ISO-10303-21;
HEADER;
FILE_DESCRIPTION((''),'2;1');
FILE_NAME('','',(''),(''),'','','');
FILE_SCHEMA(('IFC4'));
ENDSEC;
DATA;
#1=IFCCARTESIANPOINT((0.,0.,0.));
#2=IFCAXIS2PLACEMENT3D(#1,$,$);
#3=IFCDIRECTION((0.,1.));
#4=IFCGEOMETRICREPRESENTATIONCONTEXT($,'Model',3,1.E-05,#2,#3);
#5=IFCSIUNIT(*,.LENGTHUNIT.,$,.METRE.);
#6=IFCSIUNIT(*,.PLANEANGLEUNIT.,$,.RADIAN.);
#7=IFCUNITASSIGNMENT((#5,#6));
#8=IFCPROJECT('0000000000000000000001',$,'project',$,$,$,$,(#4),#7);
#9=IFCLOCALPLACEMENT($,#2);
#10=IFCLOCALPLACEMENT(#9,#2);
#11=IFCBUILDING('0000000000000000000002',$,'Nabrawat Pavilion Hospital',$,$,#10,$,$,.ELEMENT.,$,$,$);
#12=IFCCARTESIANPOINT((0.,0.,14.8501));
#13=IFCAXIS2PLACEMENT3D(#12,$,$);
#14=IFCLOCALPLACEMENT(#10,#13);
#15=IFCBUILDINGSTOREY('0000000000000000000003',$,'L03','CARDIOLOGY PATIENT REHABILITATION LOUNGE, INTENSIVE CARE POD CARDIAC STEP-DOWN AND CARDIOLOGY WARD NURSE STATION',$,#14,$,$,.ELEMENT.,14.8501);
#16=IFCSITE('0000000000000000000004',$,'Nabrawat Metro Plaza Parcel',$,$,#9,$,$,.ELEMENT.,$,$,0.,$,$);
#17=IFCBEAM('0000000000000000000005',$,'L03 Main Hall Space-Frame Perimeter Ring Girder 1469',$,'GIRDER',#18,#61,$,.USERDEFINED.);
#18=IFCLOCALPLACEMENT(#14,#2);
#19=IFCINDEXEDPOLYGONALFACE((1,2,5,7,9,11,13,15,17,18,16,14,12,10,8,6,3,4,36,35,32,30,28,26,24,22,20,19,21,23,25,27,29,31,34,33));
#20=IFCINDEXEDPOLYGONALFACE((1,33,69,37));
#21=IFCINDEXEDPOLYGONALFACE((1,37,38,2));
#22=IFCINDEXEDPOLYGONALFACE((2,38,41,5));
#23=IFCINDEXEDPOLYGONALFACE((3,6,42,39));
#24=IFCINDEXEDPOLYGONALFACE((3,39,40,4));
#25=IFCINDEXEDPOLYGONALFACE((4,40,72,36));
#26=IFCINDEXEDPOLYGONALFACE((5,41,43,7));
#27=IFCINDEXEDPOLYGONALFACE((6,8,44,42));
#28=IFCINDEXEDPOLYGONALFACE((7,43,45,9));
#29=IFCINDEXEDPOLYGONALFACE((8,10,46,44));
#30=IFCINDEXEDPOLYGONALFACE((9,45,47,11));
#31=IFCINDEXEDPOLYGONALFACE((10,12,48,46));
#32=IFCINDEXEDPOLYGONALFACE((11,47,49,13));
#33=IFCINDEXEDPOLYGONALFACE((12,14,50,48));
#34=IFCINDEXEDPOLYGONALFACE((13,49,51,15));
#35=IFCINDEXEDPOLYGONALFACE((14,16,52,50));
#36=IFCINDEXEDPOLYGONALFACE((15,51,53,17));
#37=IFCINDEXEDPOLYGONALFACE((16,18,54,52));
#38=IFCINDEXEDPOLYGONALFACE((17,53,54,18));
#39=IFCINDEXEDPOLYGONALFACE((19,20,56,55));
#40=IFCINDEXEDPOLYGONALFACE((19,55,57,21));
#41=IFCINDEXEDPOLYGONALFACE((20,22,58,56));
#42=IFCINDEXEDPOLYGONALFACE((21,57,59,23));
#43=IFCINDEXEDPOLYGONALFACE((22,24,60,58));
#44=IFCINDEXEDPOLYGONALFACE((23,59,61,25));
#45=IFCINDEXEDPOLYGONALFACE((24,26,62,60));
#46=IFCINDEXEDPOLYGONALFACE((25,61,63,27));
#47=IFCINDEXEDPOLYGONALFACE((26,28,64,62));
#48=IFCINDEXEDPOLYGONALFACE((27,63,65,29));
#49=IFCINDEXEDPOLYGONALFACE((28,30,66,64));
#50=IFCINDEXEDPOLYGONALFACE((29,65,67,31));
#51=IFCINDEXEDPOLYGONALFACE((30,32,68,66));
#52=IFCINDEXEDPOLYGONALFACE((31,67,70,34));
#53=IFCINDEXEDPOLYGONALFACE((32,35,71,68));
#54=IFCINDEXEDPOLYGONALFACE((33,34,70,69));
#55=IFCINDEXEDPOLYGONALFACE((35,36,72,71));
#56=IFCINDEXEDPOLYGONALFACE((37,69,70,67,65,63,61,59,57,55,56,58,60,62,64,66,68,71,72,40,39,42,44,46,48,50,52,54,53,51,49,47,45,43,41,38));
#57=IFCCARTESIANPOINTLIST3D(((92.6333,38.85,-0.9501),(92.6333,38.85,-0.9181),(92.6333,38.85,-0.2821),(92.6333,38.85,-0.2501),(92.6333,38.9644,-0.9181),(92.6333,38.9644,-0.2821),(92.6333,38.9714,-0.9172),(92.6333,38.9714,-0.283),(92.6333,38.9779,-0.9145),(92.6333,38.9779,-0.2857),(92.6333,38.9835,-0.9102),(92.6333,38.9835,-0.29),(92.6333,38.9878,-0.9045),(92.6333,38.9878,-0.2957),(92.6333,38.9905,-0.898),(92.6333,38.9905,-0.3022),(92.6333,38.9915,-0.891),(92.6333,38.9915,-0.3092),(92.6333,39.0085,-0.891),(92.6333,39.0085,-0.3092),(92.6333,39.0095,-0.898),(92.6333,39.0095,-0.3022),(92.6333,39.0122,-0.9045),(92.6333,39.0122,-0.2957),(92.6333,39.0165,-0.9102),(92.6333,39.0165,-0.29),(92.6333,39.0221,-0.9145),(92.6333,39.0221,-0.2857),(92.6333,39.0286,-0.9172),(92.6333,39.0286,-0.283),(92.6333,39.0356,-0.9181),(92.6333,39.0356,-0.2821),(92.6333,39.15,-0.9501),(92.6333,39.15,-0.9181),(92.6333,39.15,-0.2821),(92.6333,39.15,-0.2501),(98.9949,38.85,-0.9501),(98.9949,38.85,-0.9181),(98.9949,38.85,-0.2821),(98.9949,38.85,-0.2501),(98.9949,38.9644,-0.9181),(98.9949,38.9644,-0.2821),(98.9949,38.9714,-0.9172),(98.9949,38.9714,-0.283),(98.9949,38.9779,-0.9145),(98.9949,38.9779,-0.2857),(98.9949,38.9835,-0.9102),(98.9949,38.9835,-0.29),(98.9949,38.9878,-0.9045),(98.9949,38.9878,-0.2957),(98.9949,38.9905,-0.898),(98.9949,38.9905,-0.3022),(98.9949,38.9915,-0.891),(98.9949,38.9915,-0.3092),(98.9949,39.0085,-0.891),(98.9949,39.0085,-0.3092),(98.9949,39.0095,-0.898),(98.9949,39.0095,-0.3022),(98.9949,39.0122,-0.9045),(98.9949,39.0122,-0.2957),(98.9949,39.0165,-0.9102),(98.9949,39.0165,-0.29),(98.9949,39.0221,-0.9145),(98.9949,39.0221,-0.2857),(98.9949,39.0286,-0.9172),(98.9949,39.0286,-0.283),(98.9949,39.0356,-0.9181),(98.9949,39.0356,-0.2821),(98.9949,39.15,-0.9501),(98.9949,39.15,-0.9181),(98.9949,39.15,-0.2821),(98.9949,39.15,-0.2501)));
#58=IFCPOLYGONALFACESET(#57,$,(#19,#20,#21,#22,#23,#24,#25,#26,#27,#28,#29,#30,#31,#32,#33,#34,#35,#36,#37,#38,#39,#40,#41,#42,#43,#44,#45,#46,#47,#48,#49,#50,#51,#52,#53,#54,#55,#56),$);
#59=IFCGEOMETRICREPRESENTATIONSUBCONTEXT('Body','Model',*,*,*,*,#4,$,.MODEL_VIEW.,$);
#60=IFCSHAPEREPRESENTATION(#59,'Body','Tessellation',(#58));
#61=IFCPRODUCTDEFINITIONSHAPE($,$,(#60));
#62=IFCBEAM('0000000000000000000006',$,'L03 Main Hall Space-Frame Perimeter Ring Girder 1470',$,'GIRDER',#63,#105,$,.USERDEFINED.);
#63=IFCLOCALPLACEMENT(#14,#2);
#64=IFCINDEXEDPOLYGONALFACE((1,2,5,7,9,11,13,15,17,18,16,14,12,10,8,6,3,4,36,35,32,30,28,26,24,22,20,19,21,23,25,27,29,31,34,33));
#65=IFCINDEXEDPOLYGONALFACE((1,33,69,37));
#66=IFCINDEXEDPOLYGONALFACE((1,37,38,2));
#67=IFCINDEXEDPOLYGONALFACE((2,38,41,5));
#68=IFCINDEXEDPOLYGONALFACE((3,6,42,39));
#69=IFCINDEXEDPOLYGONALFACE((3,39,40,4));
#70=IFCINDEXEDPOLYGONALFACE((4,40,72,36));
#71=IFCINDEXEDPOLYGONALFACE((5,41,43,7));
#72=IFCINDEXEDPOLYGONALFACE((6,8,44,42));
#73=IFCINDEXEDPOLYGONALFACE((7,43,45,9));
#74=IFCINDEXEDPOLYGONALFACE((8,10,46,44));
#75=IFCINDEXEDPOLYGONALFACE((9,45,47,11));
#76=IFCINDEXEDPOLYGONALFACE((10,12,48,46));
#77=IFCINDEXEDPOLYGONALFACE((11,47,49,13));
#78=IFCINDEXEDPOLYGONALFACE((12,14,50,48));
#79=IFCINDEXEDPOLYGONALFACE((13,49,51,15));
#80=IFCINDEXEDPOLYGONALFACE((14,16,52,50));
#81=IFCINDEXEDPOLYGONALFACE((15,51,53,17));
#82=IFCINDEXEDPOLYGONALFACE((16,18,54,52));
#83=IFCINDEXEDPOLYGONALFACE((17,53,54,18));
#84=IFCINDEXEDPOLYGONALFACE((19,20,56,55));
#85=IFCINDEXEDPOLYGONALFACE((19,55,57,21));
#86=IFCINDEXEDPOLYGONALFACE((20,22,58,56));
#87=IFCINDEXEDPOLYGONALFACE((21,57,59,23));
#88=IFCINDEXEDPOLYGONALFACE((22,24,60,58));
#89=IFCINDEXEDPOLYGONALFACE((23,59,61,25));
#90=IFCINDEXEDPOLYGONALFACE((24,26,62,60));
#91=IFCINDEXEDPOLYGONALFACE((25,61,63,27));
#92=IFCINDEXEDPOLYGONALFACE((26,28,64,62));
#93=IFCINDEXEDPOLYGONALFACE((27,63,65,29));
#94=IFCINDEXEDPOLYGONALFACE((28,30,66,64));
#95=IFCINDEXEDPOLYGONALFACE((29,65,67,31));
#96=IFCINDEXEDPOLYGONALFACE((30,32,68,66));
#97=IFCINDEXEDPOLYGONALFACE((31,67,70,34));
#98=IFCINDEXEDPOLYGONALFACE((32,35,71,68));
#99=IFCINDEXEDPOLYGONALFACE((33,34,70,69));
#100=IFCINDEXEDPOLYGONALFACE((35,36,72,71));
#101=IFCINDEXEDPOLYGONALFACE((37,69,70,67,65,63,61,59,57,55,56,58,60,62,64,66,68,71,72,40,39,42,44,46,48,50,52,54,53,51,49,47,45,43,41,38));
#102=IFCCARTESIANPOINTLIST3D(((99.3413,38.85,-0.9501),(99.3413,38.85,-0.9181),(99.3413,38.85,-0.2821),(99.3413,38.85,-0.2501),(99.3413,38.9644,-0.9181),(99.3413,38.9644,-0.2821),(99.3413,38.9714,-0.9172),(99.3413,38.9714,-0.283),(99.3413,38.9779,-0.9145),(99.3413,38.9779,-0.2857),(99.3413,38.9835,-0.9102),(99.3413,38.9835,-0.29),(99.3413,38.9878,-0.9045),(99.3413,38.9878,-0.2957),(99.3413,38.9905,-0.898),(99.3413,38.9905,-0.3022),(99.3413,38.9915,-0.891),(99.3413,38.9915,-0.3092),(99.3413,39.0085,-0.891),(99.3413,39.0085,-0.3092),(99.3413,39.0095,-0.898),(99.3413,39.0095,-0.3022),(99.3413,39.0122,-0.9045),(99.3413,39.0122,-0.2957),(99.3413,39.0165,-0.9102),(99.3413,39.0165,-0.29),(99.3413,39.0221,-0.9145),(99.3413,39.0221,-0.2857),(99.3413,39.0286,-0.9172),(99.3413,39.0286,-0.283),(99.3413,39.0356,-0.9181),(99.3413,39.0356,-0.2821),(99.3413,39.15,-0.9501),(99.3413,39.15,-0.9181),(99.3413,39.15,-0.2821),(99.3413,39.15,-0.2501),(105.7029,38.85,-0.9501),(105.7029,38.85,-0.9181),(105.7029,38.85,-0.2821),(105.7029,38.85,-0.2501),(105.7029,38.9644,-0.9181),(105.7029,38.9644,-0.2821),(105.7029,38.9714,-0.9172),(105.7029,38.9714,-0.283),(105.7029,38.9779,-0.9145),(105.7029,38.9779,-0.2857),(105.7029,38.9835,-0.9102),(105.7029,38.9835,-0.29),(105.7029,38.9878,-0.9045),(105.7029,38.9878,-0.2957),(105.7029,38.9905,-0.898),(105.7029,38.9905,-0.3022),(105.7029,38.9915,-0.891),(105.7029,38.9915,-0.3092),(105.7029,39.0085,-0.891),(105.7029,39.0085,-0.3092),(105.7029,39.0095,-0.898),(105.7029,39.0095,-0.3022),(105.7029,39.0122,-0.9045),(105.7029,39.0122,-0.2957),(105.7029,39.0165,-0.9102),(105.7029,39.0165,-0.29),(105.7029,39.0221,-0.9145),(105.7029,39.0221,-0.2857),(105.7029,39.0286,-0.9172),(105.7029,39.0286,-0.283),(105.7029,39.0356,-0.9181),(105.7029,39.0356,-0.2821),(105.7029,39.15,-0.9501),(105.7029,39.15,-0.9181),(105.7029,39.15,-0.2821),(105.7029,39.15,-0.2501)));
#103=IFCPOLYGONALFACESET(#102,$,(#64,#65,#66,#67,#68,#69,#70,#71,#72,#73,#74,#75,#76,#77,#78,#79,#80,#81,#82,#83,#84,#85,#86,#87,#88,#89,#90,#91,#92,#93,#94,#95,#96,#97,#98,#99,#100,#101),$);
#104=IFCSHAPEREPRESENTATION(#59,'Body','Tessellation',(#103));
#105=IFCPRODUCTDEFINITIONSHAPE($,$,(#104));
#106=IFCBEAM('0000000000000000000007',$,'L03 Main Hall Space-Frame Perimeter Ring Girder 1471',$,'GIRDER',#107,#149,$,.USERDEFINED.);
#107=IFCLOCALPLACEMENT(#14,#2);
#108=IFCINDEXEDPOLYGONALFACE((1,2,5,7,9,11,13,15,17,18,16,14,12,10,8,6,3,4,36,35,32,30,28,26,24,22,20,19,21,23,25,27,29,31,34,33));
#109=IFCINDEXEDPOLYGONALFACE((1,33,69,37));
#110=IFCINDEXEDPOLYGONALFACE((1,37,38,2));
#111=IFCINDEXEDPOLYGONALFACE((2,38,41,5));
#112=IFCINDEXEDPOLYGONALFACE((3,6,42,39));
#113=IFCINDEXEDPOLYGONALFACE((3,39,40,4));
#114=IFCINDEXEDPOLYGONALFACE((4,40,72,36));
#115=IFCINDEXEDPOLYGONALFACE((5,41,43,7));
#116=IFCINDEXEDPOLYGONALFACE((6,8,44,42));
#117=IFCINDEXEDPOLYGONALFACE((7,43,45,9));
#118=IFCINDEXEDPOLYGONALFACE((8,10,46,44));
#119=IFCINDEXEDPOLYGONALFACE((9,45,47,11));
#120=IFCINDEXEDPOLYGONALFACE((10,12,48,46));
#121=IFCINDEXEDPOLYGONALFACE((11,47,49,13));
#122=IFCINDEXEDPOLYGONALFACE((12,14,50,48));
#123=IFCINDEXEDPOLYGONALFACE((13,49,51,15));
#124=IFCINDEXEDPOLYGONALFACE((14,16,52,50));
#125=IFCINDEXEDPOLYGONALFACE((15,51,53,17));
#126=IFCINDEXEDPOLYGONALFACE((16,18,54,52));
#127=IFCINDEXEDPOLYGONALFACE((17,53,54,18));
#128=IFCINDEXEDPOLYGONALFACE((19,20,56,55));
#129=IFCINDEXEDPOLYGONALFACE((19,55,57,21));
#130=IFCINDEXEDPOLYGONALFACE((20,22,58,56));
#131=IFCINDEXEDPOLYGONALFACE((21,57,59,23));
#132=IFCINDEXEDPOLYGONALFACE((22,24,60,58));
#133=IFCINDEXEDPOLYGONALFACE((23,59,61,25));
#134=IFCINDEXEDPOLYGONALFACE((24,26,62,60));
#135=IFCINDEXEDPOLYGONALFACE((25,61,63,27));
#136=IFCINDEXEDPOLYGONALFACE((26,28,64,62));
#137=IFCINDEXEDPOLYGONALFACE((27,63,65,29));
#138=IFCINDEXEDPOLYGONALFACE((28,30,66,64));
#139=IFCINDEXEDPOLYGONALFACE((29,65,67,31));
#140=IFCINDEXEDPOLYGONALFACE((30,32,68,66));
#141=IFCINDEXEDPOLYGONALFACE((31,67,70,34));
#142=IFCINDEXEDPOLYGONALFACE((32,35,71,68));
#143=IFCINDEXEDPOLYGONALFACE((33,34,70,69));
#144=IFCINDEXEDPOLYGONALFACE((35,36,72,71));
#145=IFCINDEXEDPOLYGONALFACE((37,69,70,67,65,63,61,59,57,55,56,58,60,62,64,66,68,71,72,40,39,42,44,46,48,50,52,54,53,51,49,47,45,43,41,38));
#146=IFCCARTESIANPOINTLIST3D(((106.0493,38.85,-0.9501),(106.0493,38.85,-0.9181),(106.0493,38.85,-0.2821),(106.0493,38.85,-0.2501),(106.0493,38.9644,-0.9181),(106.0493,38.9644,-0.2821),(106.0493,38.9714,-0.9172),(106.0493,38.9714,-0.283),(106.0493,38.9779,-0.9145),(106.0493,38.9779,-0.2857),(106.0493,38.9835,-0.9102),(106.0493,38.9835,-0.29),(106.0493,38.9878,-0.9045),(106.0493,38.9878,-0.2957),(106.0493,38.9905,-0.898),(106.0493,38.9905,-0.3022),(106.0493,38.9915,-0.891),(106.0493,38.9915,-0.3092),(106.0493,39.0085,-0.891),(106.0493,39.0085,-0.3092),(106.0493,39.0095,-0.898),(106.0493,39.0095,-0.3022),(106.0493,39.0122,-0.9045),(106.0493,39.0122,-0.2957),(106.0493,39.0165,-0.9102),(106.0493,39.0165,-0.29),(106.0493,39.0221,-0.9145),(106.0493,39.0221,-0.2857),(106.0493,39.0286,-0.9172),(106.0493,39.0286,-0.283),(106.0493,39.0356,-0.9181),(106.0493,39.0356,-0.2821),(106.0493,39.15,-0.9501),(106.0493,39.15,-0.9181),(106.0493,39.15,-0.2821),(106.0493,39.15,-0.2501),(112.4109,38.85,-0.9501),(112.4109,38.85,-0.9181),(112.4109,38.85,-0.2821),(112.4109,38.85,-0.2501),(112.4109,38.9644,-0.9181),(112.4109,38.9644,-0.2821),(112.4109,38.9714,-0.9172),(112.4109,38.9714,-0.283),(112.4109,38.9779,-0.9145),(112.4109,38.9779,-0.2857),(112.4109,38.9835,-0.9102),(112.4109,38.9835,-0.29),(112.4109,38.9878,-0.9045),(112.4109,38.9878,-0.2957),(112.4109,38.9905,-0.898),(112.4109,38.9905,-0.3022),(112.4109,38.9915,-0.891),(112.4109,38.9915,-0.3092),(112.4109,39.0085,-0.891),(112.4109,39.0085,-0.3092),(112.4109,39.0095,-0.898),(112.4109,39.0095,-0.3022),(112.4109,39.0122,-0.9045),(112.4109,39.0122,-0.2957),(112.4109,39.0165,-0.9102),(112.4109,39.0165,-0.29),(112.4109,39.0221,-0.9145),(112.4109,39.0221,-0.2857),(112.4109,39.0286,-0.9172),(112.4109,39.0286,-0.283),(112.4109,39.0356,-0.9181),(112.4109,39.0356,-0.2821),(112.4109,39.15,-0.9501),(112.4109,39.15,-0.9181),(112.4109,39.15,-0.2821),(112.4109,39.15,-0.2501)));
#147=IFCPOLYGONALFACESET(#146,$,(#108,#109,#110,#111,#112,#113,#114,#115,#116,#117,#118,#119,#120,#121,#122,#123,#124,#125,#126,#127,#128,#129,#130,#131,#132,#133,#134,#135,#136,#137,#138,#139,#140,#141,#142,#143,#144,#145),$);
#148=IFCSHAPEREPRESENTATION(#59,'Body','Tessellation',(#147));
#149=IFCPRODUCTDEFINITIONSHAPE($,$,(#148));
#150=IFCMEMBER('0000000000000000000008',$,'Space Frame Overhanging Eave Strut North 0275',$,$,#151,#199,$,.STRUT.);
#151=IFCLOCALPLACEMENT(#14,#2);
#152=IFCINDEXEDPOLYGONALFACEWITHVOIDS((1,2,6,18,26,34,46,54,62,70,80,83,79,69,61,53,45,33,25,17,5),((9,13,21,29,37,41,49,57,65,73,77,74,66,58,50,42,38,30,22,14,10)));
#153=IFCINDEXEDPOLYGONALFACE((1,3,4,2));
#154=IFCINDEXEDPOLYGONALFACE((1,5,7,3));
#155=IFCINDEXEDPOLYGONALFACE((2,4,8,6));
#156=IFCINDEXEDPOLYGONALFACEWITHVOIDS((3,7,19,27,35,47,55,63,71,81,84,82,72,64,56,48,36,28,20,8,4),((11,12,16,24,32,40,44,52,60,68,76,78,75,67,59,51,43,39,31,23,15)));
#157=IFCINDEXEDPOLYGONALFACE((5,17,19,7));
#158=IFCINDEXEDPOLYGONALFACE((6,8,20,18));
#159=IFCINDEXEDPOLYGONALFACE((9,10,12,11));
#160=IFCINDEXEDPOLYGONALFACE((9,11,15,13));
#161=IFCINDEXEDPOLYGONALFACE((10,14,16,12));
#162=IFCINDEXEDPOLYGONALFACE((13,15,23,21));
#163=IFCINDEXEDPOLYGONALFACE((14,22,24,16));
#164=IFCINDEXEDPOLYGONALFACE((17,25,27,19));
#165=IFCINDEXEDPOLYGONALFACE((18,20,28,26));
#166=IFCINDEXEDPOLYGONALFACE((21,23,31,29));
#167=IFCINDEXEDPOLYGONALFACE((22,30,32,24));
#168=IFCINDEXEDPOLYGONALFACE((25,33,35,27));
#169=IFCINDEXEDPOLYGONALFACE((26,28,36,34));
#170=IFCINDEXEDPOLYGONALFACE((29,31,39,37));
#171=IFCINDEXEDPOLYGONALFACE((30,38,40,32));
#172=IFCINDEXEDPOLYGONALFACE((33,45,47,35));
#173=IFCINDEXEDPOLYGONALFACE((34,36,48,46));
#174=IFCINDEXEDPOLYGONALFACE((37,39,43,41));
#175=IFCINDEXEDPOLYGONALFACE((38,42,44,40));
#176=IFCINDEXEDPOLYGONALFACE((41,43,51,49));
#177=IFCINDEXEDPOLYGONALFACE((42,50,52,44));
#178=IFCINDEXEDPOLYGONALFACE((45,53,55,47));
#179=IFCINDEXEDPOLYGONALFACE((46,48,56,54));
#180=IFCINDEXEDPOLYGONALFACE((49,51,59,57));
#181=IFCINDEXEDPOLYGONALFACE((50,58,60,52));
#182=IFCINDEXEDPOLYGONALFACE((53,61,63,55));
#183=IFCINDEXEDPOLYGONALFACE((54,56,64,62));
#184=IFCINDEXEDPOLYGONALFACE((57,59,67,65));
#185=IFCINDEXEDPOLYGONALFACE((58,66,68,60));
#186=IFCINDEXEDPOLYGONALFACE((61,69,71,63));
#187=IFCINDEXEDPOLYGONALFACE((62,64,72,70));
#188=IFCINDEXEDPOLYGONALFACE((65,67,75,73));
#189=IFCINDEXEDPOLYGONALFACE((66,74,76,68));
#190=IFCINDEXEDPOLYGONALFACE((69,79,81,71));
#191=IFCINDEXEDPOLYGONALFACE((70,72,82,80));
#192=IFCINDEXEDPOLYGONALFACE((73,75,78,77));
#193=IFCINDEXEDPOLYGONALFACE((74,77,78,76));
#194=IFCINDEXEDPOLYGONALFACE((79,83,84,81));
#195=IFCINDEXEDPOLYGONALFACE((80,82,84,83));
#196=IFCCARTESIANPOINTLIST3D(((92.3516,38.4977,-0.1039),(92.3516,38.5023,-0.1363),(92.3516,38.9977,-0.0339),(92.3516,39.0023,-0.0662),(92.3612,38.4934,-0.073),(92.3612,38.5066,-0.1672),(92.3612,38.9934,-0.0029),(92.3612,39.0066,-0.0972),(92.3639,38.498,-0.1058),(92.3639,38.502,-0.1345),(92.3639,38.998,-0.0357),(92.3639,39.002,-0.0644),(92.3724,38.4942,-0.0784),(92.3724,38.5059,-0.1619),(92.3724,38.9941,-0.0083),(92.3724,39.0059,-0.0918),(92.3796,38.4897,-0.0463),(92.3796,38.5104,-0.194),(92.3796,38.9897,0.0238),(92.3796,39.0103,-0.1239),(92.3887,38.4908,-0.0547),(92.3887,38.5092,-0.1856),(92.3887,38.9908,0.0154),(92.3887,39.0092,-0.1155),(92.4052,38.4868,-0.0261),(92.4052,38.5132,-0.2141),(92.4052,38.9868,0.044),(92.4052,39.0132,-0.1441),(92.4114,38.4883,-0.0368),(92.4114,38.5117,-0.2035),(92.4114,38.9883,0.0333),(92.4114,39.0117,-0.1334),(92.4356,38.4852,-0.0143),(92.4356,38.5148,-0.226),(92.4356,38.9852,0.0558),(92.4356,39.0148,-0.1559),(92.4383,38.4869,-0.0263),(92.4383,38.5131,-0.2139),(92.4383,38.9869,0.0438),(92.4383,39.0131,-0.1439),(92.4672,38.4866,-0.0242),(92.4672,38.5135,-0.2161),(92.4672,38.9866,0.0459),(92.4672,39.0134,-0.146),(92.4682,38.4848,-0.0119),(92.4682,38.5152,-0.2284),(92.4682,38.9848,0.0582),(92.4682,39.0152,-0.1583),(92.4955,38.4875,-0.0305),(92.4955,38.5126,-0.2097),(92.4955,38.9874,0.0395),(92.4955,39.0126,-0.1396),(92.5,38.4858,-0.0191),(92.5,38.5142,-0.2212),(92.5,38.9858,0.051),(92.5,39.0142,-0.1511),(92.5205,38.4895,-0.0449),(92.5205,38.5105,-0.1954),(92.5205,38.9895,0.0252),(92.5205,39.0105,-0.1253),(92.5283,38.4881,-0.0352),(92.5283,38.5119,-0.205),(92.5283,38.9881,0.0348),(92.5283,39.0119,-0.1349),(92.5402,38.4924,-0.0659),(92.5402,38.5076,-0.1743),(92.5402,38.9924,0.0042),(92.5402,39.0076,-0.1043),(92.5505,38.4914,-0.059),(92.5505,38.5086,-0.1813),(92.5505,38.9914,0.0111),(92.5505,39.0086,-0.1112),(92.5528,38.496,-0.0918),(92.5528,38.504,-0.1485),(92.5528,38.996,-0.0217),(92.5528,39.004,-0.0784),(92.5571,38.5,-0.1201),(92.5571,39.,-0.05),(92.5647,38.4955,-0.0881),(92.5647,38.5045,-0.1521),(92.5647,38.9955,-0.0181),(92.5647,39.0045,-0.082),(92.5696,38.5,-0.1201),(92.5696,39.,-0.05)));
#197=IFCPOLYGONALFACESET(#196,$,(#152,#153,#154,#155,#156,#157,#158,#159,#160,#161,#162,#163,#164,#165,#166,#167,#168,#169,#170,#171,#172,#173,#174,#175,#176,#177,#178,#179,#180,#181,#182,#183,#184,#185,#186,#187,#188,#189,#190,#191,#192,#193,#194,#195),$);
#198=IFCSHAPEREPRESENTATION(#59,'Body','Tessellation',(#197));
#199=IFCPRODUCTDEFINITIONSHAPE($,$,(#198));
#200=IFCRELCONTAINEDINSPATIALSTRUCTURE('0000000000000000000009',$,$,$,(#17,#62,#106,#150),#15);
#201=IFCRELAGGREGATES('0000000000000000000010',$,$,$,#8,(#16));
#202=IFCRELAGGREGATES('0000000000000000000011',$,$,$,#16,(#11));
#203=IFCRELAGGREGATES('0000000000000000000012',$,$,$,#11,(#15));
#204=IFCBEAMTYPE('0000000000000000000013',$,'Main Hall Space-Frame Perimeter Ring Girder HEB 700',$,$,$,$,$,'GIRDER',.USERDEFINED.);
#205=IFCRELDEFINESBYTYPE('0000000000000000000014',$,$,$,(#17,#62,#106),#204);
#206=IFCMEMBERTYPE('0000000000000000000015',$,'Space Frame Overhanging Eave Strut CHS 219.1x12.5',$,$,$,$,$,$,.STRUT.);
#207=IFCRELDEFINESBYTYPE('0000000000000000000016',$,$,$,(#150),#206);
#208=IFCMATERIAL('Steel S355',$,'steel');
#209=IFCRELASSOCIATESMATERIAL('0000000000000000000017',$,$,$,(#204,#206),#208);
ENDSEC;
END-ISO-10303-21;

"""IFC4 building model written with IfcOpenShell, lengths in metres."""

from ifc_helpers import new_model, si_unit, direction, frame, origin, origin_2d, place, context, subcontext, project, spatial, hollow_circle, i_section, extrude, material, material_profile, profile_set, type_object, element, save


model = new_model("IFC4")

# Units and contexts
model_context = context("Model", 3, precision=1e-05, world=origin(), true_north=direction((0.0, 1.0)))
body_context = subcontext(model_context, "Body", "Model", "MODEL_VIEW")
ifc_project = project(units=[si_unit("LENGTHUNIT", "METRE"), si_unit("PLANEANGLEUNIT", "RADIAN")], contexts=[model_context])

# Site, building, storey
site_placement = place(None, origin())
site = spatial("IfcSite", under=ifc_project, at=site_placement, Name="Nabrawat Metro Plaza Parcel", CompositionType="ELEMENT", RefElevation=0.0)
building_placement = place(site_placement, origin())
building = spatial("IfcBuilding", under=site, at=building_placement, Name="Nabrawat Pavilion Hospital", CompositionType="ELEMENT")
storey_placement = place(building_placement, frame((0.0, 0.0, 14.8501)))
storey = spatial("IfcBuildingStorey", under=building, at=storey_placement, Name="L03", Description="CARDIOLOGY PATIENT REHABILITATION LOUNGE, INTENSIVE CARE POD CARDIAC STEP-DOWN AND CARDIOLOGY WARD NURSE STATION", CompositionType="ELEMENT", Elevation=14.8501)

# Beams
ifc_material = material(Name="Steel S355", Category="steel")
ifc_material_profile_1 = material_profile(ifc_material, i_section(OverallWidth=0.3, OverallDepth=0.7, WebThickness=0.0171, FlangeThickness=0.032, FilletRadius=0.0271, at=origin_2d()), Name="HEB 700")
ifc_profile_set_1 = profile_set([ifc_material_profile_1], Name="Steel S355")
beam_type = type_object("IfcBeamType", Name="Main Hall Space-Frame Perimeter Ring Girder HEB 700", ElementType="GIRDER", PredefinedType="USERDEFINED", material=ifc_profile_set_1)
for number, where, z_axis, x_axis, name in (
    (1, (92.6333, 39.0, -0.6001), (1.0, 0.0, 0.0), (0.0, 1.0, 0.0), "L03 Main Hall Space-Frame Perimeter Ring Girder 1469"),
    (2, (99.3413, 39.0, -0.6001), (1.0, 0.0, 0.0), (0.0, 1.0, 0.0), "L03 Main Hall Space-Frame Perimeter Ring Girder 1470"),
    (3, (106.0493, 39.0, -0.6001), (1.0, 0.0, 0.0), (0.0, 1.0, 0.0), "L03 Main Hall Space-Frame Perimeter Ring Girder 1471"),
):
    element("IfcBeam", number, at=place(storey_placement, frame(where, z_axis=z_axis, x_axis=x_axis)), inside=storey, type_object=beam_type, Name=name, ObjectType="GIRDER", PredefinedType="USERDEFINED", context=body_context, shape_type="SweptSolid", body=[
        extrude(i_section(OverallWidth=0.3, OverallDepth=0.7, WebThickness=0.0171, FlangeThickness=0.032, FilletRadius=0.0271, at=origin_2d()), origin(), (0.0, 0.0, 1.0), 6.3616),
    ])

# Member
ifc_material_profile_2 = material_profile(ifc_material, hollow_circle(Radius=0.1096, WallThickness=0.0125, at=origin_2d()), Name="CHS 219.1x12.5")
ifc_profile_set_2 = profile_set([ifc_material_profile_2], Name="Steel S355")
member_type_1 = type_object("IfcMemberType", Name="Space Frame Overhanging Eave Strut CHS 219.1x12.5", PredefinedType="STRUT", material=ifc_profile_set_2)
for number, where, z_axis, x_axis, name in (
    (4, (92.46, 39.0, -0.05), (0.0, -0.990323, -0.138781), (1.0, 0.0, 0.0), "Space Frame Overhanging Eave Strut North 0275"),
):
    element("IfcMember", number, at=place(storey_placement, frame(where, z_axis=z_axis, x_axis=x_axis)), inside=storey, type_object=member_type_1, Name=name, PredefinedType="STRUT", context=body_context, shape_type="SweptSolid", body=[
        extrude(hollow_circle(Radius=0.1096, WallThickness=0.0125, at=origin_2d()), origin(), (0.0, 0.0, 1.0), 0.5049),
    ])

save(model, "model.ifc")
